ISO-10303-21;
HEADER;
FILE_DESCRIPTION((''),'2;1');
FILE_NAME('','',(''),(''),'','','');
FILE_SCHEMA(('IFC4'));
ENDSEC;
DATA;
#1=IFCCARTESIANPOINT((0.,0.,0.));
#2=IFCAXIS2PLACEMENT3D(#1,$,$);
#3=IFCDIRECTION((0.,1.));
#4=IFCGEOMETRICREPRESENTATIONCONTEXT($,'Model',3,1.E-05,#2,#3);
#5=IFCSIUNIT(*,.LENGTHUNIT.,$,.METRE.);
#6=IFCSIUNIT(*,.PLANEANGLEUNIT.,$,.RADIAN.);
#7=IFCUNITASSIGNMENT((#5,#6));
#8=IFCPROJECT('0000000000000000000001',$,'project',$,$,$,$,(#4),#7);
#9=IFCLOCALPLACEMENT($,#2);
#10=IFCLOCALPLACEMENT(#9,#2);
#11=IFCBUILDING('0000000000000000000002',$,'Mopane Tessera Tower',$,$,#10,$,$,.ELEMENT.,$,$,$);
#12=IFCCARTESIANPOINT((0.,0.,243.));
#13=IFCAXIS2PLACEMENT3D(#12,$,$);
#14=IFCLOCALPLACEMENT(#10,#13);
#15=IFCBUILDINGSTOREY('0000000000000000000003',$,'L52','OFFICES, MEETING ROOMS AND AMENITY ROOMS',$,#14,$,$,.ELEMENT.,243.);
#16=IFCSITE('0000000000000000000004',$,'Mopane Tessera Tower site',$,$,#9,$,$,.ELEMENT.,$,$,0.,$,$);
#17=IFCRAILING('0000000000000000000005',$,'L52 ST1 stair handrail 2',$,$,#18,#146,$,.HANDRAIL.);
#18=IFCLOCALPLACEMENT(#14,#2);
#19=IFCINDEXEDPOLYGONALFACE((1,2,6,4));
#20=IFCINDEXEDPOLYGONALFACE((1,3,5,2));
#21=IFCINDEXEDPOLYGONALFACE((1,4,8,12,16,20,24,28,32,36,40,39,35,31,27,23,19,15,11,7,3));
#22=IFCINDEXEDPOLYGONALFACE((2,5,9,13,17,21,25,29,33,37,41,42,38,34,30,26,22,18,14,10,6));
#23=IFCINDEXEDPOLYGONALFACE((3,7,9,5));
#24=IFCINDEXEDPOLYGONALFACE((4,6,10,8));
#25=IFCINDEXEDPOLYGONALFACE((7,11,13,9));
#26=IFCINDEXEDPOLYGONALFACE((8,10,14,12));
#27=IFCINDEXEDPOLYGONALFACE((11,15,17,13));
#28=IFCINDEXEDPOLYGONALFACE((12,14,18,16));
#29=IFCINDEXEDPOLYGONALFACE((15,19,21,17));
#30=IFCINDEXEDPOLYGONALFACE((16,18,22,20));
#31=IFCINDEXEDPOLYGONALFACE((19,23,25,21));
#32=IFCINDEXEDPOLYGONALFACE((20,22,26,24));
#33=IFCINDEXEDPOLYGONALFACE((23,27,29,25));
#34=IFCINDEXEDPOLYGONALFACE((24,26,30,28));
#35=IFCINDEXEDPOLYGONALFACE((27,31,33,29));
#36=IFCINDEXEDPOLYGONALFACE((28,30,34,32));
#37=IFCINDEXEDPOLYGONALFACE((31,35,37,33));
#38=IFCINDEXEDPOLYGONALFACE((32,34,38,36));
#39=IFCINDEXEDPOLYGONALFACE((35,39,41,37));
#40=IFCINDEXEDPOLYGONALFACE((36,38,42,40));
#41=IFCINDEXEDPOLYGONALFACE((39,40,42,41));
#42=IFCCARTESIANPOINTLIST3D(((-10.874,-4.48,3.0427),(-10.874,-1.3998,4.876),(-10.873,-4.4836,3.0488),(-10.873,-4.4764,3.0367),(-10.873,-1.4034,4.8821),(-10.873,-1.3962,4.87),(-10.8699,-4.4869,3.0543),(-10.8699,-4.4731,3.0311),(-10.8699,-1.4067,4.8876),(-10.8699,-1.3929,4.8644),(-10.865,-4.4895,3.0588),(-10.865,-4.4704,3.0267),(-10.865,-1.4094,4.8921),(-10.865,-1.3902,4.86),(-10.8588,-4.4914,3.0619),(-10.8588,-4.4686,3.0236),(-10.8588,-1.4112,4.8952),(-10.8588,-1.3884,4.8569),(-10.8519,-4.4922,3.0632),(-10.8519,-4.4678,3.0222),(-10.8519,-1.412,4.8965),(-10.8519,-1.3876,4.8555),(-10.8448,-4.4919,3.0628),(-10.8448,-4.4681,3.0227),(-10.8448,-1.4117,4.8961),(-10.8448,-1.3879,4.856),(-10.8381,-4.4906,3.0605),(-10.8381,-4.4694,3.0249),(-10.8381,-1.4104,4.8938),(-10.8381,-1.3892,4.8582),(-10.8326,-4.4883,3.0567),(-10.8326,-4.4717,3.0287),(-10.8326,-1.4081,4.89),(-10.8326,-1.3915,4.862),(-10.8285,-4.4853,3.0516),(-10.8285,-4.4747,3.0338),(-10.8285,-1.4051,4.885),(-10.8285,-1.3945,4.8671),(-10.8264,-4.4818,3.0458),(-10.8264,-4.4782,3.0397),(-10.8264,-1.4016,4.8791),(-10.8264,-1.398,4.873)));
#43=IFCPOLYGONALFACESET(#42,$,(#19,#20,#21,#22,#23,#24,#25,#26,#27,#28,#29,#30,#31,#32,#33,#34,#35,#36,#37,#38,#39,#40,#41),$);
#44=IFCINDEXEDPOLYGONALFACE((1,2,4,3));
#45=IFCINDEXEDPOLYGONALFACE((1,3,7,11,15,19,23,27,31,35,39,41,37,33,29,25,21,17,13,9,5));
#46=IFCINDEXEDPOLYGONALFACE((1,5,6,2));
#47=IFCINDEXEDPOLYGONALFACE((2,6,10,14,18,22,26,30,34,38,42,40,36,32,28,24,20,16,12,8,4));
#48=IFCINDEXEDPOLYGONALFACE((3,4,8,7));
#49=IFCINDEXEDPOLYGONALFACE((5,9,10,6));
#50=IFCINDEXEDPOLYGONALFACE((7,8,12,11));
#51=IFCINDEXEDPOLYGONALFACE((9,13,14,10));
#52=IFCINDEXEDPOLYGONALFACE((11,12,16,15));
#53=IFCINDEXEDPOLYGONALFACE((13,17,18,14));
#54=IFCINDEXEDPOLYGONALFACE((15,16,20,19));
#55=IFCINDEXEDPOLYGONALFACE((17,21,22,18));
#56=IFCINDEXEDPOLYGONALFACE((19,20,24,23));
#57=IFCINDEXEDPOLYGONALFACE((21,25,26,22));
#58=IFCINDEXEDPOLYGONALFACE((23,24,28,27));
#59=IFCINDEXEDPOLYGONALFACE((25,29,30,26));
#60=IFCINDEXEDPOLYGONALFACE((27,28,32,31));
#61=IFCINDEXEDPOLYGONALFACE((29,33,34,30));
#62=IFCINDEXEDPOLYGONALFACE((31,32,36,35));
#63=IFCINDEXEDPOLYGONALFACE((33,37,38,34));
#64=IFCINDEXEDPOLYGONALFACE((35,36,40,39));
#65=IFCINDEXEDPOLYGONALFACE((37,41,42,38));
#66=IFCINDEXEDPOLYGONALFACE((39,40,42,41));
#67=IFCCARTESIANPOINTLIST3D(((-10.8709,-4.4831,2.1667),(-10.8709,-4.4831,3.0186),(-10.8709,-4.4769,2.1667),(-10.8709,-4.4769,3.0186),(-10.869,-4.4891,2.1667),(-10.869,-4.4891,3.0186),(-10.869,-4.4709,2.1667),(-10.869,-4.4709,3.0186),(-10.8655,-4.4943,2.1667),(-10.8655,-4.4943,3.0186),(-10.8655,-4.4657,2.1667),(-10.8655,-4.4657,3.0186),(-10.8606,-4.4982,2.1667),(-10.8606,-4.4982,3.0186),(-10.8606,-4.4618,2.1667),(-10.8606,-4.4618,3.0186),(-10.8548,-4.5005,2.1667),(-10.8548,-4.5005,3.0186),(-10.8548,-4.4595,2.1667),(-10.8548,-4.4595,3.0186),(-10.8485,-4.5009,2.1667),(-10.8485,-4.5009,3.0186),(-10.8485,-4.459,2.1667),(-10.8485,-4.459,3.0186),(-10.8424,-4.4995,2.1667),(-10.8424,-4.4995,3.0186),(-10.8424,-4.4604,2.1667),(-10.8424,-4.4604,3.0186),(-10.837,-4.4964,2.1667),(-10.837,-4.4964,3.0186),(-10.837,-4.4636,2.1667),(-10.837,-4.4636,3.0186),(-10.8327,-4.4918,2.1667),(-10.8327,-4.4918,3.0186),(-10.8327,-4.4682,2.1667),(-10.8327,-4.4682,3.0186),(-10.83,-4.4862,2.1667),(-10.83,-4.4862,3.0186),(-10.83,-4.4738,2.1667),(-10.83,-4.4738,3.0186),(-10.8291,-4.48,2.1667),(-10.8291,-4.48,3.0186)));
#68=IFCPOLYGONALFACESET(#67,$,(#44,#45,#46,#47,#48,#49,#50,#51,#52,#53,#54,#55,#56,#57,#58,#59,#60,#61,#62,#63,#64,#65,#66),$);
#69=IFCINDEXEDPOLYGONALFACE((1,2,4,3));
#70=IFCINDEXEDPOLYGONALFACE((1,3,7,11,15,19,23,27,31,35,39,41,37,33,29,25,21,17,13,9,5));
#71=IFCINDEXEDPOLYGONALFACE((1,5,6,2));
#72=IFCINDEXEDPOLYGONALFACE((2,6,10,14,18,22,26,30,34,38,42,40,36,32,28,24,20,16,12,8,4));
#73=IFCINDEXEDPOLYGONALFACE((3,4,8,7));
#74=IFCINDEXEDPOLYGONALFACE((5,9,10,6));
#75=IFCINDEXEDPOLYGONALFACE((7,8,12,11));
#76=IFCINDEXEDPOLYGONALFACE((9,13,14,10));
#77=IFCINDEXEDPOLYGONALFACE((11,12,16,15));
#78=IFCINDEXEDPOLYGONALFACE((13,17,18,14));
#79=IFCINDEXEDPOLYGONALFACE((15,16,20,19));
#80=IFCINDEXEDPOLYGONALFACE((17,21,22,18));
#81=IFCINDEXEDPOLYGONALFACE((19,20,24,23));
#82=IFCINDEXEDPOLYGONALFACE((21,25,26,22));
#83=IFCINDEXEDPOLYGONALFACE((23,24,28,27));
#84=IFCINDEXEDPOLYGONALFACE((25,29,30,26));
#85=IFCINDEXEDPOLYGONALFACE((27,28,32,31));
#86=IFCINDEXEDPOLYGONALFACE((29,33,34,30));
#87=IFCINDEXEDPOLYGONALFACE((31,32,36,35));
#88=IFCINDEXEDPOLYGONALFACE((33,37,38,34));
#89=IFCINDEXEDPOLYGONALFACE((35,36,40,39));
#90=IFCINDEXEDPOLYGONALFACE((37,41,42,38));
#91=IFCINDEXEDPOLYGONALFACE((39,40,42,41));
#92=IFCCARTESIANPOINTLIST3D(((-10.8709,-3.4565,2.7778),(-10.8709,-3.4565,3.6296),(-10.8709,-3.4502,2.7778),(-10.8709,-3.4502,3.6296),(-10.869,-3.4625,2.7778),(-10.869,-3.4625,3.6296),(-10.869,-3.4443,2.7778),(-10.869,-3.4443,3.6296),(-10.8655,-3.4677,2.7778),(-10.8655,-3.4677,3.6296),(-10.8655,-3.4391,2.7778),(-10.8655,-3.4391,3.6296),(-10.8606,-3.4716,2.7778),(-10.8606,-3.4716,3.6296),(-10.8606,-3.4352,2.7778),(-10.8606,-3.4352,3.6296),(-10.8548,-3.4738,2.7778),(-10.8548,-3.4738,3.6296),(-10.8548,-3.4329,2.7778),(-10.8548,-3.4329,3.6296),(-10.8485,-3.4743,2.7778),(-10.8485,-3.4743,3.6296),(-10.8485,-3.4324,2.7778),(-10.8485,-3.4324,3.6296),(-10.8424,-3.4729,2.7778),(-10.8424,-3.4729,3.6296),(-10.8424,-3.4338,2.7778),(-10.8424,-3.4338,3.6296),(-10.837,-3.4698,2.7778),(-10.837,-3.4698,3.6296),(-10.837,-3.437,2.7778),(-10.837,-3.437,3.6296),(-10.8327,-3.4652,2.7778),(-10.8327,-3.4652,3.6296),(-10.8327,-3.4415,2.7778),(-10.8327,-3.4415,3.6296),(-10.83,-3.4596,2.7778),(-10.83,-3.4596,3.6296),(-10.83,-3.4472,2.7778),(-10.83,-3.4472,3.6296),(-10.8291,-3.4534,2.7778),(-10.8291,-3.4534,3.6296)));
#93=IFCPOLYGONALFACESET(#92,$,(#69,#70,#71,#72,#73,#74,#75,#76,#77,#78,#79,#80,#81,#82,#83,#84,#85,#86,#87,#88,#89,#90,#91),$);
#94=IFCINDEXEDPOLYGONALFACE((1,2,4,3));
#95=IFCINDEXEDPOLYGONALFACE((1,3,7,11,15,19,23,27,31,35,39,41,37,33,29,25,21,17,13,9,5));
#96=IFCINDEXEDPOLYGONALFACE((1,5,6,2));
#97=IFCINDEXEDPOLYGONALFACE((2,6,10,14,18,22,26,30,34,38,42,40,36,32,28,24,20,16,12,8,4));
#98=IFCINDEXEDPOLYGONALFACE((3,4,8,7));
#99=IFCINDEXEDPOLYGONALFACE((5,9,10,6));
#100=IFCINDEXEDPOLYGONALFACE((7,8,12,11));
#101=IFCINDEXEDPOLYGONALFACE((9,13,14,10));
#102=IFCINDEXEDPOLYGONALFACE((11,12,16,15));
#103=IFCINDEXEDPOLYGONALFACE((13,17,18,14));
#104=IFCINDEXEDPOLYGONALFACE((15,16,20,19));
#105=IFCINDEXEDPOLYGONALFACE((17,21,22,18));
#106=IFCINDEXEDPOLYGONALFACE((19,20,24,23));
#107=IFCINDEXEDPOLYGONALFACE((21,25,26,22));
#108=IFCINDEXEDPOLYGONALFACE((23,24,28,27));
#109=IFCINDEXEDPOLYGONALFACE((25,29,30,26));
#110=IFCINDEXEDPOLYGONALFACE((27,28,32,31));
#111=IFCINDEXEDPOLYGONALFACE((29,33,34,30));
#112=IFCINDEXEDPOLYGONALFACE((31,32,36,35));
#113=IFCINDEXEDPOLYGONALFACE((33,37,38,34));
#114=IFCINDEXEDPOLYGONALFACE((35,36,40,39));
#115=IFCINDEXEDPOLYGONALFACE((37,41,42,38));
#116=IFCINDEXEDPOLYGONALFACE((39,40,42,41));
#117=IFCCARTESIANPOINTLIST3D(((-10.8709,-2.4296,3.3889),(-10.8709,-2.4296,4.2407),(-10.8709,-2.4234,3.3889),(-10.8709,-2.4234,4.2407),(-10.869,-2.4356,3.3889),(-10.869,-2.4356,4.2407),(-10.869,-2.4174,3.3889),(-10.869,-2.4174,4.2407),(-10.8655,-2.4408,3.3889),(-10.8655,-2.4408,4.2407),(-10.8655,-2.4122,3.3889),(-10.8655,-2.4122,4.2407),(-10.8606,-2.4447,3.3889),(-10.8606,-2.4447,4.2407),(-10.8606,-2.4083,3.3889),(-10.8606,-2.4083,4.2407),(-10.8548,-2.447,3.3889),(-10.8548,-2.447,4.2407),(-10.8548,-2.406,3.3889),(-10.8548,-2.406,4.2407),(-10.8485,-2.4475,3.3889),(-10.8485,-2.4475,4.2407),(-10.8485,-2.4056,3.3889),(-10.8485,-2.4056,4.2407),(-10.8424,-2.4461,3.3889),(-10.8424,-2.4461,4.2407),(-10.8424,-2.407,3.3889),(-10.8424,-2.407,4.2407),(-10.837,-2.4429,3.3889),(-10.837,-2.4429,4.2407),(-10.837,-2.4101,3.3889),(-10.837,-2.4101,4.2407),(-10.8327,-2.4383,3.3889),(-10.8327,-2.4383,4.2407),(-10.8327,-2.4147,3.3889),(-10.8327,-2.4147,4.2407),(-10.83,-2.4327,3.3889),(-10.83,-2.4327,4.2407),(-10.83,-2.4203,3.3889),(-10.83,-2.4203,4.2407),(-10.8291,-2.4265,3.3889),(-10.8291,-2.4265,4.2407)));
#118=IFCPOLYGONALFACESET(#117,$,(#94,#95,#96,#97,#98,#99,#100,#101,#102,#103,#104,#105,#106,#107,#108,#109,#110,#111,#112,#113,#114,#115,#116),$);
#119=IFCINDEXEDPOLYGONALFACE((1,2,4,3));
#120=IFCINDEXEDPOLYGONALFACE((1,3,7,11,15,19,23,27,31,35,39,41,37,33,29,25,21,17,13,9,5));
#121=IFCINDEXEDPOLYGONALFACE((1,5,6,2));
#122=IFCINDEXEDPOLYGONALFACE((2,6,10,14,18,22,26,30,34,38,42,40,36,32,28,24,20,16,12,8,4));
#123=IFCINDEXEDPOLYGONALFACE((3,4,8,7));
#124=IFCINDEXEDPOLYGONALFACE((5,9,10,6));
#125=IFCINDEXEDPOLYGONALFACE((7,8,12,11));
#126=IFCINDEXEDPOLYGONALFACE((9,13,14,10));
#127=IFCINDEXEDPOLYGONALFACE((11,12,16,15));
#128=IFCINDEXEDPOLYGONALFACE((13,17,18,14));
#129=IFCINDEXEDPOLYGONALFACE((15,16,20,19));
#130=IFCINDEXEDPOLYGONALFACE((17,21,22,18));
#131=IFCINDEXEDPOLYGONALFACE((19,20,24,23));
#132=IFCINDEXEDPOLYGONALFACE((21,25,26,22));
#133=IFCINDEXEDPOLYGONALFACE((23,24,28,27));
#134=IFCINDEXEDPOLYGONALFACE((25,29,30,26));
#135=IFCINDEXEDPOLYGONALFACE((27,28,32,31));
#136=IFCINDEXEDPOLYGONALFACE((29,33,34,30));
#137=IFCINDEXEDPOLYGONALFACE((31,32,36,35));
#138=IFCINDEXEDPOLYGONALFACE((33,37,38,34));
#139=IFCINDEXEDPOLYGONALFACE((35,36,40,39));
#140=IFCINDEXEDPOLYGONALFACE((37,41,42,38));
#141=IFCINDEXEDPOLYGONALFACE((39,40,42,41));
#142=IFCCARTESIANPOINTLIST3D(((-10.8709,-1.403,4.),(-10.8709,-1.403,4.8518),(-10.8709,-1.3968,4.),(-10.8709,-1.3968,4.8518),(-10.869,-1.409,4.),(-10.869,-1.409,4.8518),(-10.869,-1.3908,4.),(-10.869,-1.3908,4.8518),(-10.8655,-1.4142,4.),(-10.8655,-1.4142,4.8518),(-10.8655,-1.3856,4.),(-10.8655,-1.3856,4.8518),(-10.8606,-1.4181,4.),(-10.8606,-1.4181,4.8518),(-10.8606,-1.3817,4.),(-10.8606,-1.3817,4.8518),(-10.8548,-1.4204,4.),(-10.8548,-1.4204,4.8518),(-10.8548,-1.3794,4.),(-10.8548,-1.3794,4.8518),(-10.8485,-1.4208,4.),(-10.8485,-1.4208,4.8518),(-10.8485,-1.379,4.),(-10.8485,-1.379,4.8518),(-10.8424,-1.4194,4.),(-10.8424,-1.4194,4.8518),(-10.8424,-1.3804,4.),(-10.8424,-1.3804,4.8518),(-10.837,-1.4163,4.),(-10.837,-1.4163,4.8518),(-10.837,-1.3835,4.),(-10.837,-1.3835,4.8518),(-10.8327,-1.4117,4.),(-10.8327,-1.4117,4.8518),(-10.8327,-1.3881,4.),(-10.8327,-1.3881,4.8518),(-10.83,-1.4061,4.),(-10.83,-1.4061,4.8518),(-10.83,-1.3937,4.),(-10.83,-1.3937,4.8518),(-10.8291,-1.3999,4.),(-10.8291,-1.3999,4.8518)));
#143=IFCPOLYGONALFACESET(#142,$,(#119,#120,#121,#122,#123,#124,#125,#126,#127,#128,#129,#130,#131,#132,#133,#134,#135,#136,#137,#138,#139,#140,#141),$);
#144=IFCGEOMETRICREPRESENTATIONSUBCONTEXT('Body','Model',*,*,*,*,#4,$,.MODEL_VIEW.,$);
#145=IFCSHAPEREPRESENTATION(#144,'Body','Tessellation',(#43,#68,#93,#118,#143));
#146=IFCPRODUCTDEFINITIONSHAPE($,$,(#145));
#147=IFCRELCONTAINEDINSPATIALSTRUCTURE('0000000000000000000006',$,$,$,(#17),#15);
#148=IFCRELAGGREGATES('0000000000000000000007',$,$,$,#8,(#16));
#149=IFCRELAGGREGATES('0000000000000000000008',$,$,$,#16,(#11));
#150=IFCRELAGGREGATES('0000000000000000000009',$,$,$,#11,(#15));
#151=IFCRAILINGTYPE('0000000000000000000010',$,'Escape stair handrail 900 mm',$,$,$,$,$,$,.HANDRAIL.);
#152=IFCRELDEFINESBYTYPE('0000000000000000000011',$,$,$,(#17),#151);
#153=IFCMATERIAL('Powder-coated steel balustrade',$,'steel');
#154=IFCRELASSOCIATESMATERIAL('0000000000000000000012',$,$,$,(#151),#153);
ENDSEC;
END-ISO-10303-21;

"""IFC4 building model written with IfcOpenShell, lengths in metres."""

from ifc_helpers import new_model, si_unit, direction, frame, origin, origin_2d, place, context, subcontext, project, spatial, circle, extrude, material, type_object, element, save


model = new_model("IFC4")

# Units and contexts
model_context = context("Model", 3, precision=1e-05, world=origin(), true_north=direction((0.0, 1.0)))
body_context = subcontext(model_context, "Body", "Model", "MODEL_VIEW")
ifc_project = project(units=[si_unit("LENGTHUNIT", "METRE"), si_unit("PLANEANGLEUNIT", "RADIAN")], contexts=[model_context])

# Site, building, storey
site_placement = place(None, origin())
site = spatial("IfcSite", under=ifc_project, at=site_placement, Name="Mopane Tessera Tower site", CompositionType="ELEMENT", RefElevation=0.0)
building_placement = place(site_placement, origin())
building = spatial("IfcBuilding", under=site, at=building_placement, Name="Mopane Tessera Tower", CompositionType="ELEMENT")
storey_placement = place(building_placement, frame((0.0, 0.0, 243.0)))
storey = spatial("IfcBuildingStorey", under=building, at=storey_placement, Name="L52", Description="OFFICES, MEETING ROOMS AND AMENITY ROOMS", CompositionType="ELEMENT", Elevation=243.0)

# Railing
ifc_material_1 = material(Name="Powder-coated steel balustrade", Category="steel")
railing_type_1 = type_object("IfcRailingType", Name="Escape stair handrail 900 mm", PredefinedType="HANDRAIL", material=ifc_material_1)
railing_1_placement = place(storey_placement, frame((-10.8501, -4.48, 2.1667)))
element("IfcRailing", 1, at=railing_1_placement, inside=storey, type_object=railing_type_1, Name="L52 ST1 stair handrail 2", PredefinedType="HANDRAIL", context=body_context, shape_type="SweptSolid", body=[
    extrude(circle(Radius=0.0239, at=origin_2d()), frame((0.0, 0.0, 0.876), z_axis=(0.0, 0.859309, 0.511458), x_axis=(-1.0, 0.0, 0.0)), (0.0, 0.0, 1.0), 3.5845),
    extrude(circle(Radius=0.021, at=origin_2d()), origin(), (0.0, 0.0, 1.0), 0.8518),
    extrude(circle(Radius=0.021, at=origin_2d()), frame((0.0, 1.0266, 0.6111)), (0.0, 0.0, 1.0), 0.8518),
    extrude(circle(Radius=0.021, at=origin_2d()), frame((0.0, 2.0535, 1.2222)), (0.0, 0.0, 1.0), 0.8518),
    extrude(circle(Radius=0.021, at=origin_2d()), frame((0.0, 3.0801, 1.8333)), (0.0, 0.0, 1.0), 0.8518),
])

save(model, "model.ifc")
